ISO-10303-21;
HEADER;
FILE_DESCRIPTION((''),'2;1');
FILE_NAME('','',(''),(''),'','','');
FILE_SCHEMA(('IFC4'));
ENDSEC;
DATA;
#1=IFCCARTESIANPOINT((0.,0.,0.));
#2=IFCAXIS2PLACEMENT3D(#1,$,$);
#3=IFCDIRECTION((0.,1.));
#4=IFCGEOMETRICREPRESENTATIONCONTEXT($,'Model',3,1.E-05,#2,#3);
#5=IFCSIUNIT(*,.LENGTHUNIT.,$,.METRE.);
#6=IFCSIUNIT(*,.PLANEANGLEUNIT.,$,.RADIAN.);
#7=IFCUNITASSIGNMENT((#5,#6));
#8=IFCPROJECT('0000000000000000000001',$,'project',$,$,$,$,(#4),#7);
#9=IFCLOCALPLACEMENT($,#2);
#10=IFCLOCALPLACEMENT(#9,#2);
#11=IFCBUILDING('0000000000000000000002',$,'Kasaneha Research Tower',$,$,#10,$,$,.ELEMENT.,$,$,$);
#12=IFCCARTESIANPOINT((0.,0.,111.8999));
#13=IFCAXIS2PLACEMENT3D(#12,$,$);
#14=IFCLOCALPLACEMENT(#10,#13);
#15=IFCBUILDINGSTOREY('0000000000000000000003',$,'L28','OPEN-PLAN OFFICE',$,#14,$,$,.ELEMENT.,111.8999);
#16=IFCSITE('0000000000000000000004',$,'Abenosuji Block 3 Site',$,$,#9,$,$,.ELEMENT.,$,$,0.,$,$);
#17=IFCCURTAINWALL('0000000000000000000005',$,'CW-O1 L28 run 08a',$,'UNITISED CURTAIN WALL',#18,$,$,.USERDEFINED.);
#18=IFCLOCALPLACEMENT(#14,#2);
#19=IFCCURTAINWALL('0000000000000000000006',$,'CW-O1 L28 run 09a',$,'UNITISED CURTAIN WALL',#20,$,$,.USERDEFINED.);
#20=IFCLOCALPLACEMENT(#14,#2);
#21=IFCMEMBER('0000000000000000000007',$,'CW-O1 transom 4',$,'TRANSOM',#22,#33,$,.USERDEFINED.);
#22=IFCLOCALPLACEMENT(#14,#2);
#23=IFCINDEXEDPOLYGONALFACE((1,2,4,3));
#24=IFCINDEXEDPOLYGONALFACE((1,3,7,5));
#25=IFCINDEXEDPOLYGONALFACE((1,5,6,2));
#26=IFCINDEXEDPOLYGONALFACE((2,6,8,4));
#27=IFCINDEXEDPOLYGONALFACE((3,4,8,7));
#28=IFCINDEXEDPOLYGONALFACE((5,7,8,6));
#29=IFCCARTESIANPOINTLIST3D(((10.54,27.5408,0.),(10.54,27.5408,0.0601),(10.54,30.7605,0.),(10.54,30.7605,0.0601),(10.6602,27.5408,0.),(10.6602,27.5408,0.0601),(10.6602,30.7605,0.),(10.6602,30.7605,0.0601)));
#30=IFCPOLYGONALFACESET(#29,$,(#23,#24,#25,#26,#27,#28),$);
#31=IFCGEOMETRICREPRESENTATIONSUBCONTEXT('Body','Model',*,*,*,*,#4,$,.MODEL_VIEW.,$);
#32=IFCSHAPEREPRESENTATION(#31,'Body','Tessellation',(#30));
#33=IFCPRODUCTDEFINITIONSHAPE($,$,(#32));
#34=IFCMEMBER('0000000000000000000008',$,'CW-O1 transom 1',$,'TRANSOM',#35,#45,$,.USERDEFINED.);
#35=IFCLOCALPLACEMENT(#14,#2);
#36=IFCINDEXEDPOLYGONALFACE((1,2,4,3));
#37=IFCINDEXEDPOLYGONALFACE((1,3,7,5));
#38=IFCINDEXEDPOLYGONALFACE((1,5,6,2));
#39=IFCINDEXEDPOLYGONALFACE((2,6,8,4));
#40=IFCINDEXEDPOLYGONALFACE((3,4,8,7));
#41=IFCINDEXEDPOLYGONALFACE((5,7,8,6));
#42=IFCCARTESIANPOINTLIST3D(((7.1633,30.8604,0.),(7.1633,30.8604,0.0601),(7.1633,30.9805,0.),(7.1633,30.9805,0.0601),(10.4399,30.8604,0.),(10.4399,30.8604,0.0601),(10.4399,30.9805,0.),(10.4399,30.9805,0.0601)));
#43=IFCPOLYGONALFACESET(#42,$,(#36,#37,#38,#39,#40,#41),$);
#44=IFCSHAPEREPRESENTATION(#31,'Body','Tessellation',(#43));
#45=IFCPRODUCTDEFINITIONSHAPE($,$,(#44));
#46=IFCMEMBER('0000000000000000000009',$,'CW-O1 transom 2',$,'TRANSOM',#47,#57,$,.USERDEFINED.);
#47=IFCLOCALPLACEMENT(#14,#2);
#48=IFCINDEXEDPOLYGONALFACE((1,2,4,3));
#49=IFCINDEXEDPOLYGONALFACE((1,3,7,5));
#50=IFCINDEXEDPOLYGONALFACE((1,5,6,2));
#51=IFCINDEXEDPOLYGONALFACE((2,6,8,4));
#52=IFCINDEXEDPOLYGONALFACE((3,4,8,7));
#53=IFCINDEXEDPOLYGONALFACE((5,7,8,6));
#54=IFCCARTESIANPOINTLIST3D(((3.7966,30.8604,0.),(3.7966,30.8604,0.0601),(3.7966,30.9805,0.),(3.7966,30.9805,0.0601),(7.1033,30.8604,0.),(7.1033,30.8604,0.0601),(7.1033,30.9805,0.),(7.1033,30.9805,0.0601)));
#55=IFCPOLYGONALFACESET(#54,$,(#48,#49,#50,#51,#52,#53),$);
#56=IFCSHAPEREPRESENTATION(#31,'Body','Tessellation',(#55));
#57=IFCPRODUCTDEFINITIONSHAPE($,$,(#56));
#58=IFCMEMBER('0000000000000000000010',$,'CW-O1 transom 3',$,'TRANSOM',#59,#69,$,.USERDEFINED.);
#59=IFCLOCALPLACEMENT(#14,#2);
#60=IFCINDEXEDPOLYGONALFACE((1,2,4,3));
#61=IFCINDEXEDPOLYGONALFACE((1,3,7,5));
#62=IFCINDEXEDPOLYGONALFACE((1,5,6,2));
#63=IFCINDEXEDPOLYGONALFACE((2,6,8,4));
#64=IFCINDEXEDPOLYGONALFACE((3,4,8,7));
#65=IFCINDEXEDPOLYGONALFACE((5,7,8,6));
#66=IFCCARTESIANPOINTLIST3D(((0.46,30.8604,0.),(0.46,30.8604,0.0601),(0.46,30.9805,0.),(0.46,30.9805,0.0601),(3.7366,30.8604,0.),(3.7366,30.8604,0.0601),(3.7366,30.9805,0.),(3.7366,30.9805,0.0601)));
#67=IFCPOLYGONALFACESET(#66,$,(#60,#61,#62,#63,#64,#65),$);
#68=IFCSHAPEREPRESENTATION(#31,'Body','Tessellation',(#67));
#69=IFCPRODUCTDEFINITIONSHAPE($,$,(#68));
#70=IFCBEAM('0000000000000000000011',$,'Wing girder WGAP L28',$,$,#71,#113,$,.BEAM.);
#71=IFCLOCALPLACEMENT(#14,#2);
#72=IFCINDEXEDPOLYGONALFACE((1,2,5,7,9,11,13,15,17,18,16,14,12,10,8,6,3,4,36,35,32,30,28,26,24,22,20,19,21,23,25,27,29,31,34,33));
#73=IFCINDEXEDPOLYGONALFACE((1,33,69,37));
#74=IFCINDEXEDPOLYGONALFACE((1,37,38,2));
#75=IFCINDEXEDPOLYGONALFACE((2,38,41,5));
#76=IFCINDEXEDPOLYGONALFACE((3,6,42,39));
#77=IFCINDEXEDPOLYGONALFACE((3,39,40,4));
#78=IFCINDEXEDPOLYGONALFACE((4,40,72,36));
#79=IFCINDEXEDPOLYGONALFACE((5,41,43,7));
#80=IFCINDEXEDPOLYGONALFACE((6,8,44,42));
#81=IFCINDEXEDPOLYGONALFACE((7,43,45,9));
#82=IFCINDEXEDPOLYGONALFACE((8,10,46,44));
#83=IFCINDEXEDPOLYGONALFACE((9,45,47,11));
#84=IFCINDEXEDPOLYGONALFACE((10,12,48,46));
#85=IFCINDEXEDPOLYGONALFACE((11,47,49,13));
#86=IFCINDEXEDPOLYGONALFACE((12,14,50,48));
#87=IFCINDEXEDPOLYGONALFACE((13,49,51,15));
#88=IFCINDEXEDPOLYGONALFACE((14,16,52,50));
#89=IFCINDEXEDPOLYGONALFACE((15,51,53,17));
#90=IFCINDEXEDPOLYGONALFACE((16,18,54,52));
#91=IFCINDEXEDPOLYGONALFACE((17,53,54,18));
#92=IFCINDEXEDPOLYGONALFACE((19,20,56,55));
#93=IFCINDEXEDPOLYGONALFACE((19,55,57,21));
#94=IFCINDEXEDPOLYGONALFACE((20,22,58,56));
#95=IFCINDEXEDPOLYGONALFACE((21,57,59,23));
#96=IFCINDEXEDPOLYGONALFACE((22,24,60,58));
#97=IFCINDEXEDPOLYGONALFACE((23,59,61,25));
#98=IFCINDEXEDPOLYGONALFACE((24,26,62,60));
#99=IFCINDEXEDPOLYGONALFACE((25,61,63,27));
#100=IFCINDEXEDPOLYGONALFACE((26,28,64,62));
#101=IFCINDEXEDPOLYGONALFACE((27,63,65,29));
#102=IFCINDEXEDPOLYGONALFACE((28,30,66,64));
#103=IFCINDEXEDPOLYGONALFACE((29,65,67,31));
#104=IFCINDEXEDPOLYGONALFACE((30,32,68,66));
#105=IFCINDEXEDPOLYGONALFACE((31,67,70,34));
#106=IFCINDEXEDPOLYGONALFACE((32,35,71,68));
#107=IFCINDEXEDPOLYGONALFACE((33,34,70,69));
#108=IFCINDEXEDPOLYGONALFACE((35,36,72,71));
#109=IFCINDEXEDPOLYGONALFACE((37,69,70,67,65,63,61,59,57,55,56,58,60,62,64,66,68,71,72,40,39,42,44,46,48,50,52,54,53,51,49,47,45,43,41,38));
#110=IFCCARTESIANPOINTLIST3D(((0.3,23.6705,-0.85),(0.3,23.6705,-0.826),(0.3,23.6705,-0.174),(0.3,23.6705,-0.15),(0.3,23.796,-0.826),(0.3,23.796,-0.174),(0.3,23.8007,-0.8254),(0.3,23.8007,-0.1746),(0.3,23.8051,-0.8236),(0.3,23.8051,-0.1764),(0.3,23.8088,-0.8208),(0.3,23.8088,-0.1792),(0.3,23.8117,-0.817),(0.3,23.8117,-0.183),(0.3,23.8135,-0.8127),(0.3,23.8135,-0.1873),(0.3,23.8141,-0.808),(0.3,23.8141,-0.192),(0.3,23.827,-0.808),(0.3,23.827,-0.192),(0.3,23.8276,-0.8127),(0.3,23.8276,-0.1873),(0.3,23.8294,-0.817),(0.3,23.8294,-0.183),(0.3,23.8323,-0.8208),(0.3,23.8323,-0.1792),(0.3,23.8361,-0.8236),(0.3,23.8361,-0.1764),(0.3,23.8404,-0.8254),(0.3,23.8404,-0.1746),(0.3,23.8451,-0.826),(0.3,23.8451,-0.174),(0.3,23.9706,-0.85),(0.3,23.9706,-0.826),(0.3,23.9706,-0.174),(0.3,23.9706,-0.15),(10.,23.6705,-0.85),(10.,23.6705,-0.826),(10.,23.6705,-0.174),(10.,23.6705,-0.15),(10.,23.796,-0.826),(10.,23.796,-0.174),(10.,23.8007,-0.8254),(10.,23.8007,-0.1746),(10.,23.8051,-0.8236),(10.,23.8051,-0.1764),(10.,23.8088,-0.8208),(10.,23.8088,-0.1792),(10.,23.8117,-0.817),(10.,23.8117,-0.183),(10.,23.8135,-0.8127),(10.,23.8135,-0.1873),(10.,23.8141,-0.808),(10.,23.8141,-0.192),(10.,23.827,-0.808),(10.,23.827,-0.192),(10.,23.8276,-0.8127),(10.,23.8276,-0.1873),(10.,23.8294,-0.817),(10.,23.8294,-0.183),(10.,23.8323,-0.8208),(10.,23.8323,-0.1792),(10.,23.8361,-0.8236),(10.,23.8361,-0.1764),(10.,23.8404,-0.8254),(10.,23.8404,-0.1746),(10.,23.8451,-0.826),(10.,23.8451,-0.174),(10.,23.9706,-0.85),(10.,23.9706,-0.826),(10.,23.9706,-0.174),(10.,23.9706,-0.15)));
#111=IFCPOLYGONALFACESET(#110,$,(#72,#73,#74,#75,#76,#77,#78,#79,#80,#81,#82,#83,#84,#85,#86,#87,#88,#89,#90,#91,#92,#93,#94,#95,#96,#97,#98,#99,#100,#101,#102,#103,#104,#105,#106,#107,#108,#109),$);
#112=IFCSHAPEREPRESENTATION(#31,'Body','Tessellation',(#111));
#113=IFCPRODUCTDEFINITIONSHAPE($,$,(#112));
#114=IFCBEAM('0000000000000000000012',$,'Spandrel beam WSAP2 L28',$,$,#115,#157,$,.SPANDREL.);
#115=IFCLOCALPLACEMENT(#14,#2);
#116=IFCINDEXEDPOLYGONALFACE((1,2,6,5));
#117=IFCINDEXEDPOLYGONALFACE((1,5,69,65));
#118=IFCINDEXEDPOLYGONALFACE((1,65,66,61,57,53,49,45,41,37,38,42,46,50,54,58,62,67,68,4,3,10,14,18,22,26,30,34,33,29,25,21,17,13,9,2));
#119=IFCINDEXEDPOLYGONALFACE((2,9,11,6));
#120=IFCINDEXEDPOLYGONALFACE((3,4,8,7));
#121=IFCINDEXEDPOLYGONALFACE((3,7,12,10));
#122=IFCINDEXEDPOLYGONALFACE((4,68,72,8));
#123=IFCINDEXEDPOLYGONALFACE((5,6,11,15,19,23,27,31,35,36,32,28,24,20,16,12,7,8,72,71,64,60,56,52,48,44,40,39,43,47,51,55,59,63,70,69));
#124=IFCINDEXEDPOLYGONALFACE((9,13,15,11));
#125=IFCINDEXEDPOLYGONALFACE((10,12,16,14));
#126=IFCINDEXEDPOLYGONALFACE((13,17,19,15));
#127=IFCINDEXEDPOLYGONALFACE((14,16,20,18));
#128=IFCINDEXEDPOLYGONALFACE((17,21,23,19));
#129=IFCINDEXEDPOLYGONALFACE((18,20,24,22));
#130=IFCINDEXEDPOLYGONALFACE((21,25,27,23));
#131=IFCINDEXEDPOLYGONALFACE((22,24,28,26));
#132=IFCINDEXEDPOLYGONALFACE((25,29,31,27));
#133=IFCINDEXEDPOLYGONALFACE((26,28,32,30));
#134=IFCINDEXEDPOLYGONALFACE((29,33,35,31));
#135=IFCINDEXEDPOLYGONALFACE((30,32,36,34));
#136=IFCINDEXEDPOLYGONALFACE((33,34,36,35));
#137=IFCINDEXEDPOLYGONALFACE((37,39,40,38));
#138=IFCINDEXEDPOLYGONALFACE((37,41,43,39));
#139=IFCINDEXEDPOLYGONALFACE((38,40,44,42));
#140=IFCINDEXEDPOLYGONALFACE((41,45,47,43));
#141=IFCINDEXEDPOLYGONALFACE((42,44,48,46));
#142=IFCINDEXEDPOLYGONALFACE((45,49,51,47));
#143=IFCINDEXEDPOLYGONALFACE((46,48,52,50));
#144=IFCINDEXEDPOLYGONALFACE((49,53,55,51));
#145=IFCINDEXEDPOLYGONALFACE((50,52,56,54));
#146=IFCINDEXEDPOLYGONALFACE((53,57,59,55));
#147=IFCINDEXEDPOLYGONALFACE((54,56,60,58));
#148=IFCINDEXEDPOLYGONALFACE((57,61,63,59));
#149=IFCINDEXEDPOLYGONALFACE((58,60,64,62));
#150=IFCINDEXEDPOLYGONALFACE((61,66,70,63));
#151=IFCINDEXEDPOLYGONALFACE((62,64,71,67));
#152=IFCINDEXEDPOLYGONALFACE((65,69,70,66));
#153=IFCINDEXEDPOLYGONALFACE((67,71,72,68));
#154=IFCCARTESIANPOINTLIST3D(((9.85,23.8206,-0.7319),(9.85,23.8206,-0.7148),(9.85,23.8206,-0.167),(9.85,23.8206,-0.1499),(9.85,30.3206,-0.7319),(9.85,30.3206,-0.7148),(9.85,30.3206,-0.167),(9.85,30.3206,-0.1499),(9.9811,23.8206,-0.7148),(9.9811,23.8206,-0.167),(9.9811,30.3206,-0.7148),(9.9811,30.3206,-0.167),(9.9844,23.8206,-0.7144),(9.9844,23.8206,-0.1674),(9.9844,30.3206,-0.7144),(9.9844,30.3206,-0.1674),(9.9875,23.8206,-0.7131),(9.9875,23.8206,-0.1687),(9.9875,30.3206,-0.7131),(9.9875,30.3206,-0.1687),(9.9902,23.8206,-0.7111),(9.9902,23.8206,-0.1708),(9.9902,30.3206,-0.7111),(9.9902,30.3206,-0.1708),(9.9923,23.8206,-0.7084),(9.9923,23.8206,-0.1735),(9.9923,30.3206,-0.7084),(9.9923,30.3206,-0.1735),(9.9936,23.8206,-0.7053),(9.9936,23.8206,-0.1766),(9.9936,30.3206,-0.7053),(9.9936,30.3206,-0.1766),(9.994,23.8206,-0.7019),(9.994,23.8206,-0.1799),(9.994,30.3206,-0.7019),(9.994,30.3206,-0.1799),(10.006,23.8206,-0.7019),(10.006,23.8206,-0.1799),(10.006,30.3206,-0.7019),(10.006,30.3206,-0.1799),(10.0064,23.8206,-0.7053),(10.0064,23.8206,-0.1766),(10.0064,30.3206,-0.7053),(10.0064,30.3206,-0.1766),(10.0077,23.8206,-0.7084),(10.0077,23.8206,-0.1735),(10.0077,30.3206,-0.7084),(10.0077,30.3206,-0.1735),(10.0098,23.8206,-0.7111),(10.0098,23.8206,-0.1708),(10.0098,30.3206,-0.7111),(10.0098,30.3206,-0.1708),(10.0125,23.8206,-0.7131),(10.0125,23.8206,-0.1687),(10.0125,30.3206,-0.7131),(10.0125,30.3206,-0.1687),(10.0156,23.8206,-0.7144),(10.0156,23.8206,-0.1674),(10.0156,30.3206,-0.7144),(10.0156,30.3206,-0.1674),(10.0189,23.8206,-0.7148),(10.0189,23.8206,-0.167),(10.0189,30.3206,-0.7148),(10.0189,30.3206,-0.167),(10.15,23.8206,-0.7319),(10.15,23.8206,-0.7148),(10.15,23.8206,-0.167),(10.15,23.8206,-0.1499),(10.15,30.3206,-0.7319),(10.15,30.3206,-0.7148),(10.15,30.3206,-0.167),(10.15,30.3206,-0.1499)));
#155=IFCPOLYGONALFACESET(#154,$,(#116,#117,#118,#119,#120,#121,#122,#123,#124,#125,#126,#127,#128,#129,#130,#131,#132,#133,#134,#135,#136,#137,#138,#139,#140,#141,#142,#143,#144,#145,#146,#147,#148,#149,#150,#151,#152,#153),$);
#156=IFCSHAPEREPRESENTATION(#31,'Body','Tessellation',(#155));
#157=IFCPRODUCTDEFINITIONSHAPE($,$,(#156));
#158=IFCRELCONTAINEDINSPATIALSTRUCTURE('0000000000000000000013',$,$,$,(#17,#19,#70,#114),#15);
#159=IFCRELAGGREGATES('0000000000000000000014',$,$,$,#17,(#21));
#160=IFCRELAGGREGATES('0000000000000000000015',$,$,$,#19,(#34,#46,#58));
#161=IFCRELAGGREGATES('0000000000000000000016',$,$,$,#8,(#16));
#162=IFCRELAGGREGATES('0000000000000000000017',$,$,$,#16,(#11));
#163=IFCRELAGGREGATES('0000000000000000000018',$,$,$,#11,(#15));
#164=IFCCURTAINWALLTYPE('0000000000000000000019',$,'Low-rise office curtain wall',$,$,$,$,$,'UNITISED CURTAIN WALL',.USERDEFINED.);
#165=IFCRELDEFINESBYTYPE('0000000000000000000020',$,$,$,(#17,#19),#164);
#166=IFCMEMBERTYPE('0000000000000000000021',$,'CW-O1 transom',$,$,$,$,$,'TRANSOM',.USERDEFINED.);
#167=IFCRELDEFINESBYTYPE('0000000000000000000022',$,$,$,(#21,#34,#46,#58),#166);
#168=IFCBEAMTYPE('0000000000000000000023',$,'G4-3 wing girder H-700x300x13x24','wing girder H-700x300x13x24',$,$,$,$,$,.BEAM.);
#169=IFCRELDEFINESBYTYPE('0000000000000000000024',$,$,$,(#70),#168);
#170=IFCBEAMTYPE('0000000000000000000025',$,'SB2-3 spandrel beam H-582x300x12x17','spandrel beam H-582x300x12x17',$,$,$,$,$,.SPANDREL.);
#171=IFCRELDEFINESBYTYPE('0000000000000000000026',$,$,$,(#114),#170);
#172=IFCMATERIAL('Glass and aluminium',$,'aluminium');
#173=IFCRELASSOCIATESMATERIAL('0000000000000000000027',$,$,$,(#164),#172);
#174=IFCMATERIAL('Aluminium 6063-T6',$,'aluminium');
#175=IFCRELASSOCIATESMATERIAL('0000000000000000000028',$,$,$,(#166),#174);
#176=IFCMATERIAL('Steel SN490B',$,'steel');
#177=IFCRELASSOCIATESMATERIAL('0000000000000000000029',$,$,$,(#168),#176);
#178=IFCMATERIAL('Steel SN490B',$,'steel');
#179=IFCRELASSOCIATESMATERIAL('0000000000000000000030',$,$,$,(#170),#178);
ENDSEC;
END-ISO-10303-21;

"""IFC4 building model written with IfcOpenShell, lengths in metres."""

from ifc_helpers import new_model, si_unit, direction, frame, origin, origin_2d, place, context, subcontext, project, spatial, rectangle, i_section, extrude, material, material_profile, profile_set, type_object, element, aggregate, save


model = new_model("IFC4")

# Units and contexts
model_context = context("Model", 3, precision=1e-05, world=origin(), true_north=direction((0.0, 1.0)))
body_context = subcontext(model_context, "Body", "Model", "MODEL_VIEW")
ifc_project = project(units=[si_unit("LENGTHUNIT", "METRE"), si_unit("PLANEANGLEUNIT", "RADIAN")], contexts=[model_context])

# Site, building, storey
site_placement = place(None, origin())
site = spatial("IfcSite", under=ifc_project, at=site_placement, Name="Abenosuji Block 3 Site", CompositionType="ELEMENT", RefElevation=0.0)
building_placement = place(site_placement, origin())
building = spatial("IfcBuilding", under=site, at=building_placement, Name="Kasaneha Research Tower", CompositionType="ELEMENT")
storey_placement = place(building_placement, frame((0.0, 0.0, 111.8999)))
storey = spatial("IfcBuildingStorey", under=building, at=storey_placement, Name="L28", Description="OPEN-PLAN OFFICE", CompositionType="ELEMENT", Elevation=111.8999)

# Curtain walls
ifc_material_1 = material(Name="Glass and aluminium", Category="aluminium")
curtain_wall_type = type_object("IfcCurtainWallType", Name="Low-rise office curtain wall", ElementType="UNITISED CURTAIN WALL", PredefinedType="USERDEFINED", material=ifc_material_1)
curtain_wall_1_placement = place(storey_placement, origin())
curtain_wall_1 = element("IfcCurtainWall", 1, at=curtain_wall_1_placement, inside=storey, type_object=curtain_wall_type, Name="CW-O1 L28 run 08a", ObjectType="UNITISED CURTAIN WALL", PredefinedType="USERDEFINED")
curtain_wall_2_placement = place(storey_placement, origin())
curtain_wall_2 = element("IfcCurtainWall", 2, at=curtain_wall_2_placement, inside=storey, type_object=curtain_wall_type, Name="CW-O1 L28 run 09a", ObjectType="UNITISED CURTAIN WALL", PredefinedType="USERDEFINED")

# Members
ifc_material_2 = material(Name="Aluminium 6063-T6", Category="aluminium")
ifc_material_profile_1 = material_profile(ifc_material_2, rectangle(XDim=0.1201, YDim=0.0601, at=origin_2d()), Name="CW-O1 transom 120x60")
ifc_profile_set_1 = profile_set([ifc_material_profile_1], Name="Aluminium 6063-T6")
member_type_1 = type_object("IfcMemberType", Name="CW-O1 transom", ElementType="TRANSOM", PredefinedType="USERDEFINED", material=ifc_profile_set_1)
member_1_placement = place(storey_placement, frame((10.6001, 27.5408, 0.03), z_axis=(0.0, 1.0, 0.0), x_axis=(-1.0, 0.0, 0.0)))
member_1 = element("IfcMember", 3, at=member_1_placement, type_object=member_type_1, Name="CW-O1 transom 4", ObjectType="TRANSOM", PredefinedType="USERDEFINED", context=body_context, shape_type="SweptSolid", body=[
    extrude(rectangle(XDim=0.1201, YDim=0.0601, at=origin_2d()), origin(), (0.0, 0.0, 1.0), 3.2197),
])
member_2_placement = place(storey_placement, frame((10.4399, 30.9204, 0.03), z_axis=(-1.0, 0.0, 0.0), x_axis=(0.0, -1.0, 0.0)))
member_2 = element("IfcMember", 4, at=member_2_placement, type_object=member_type_1, Name="CW-O1 transom 1", ObjectType="TRANSOM", PredefinedType="USERDEFINED", context=body_context, shape_type="SweptSolid", body=[
    extrude(rectangle(XDim=0.1201, YDim=0.0601, at=origin_2d()), origin(), (0.0, 0.0, 1.0), 3.2766),
])
member_3_placement = place(storey_placement, frame((7.1033, 30.9204, 0.03), z_axis=(-1.0, 0.0, 0.0), x_axis=(0.0, -1.0, 0.0)))
member_3 = element("IfcMember", 5, at=member_3_placement, type_object=member_type_1, Name="CW-O1 transom 2", ObjectType="TRANSOM", PredefinedType="USERDEFINED", context=body_context, shape_type="SweptSolid", body=[
    extrude(rectangle(XDim=0.1201, YDim=0.0601, at=origin_2d()), origin(), (0.0, 0.0, 1.0), 3.3066),
])
member_4_placement = place(storey_placement, frame((3.7366, 30.9204, 0.03), z_axis=(-1.0, 0.0, 0.0), x_axis=(0.0, -1.0, 0.0)))
member_4 = element("IfcMember", 6, at=member_4_placement, type_object=member_type_1, Name="CW-O1 transom 3", ObjectType="TRANSOM", PredefinedType="USERDEFINED", context=body_context, shape_type="SweptSolid", body=[
    extrude(rectangle(XDim=0.1201, YDim=0.0601, at=origin_2d()), origin(), (0.0, 0.0, 1.0), 3.2766),
])

# Beams
ifc_material_3 = material(Name="Steel SN490B", Category="steel")
ifc_material_profile_2 = material_profile(ifc_material_3, i_section(OverallWidth=0.3, OverallDepth=0.7, WebThickness=0.0129, FlangeThickness=0.0239, FilletRadius=0.0181, at=origin_2d()), Name="H-700x300x13x24")
ifc_profile_set_2 = profile_set([ifc_material_profile_2], Name="Steel SN490B")
beam_type_1 = type_object("IfcBeamType", Name="G4-3 wing girder H-700x300x13x24", Description="wing girder H-700x300x13x24", PredefinedType="BEAM", material=ifc_profile_set_2)
beam_1_placement = place(storey_placement, frame((10.0, 23.8206, -0.5), z_axis=(-1.0, 0.0, 0.0), x_axis=(0.0, -1.0, 0.0)))
element("IfcBeam", 7, at=beam_1_placement, inside=storey, type_object=beam_type_1, Name="Wing girder WGAP L28", PredefinedType="BEAM", context=body_context, shape_type="SweptSolid", body=[
    extrude(i_section(OverallWidth=0.3, OverallDepth=0.7, WebThickness=0.0129, FlangeThickness=0.0239, FilletRadius=0.0181, at=origin_2d()), origin(), (0.0, 0.0, 1.0), 9.7),
])
ifc_material_4 = material(Name="Steel SN490B", Category="steel")
ifc_material_profile_3 = material_profile(ifc_material_4, i_section(OverallWidth=0.3, OverallDepth=0.582, WebThickness=0.012, FlangeThickness=0.0171, FilletRadius=0.0129, at=origin_2d()), Name="H-582x300x12x17")
ifc_profile_set_3 = profile_set([ifc_material_profile_3], Name="Steel SN490B")
beam_type_2 = type_object("IfcBeamType", Name="SB2-3 spandrel beam H-582x300x12x17", Description="spandrel beam H-582x300x12x17", PredefinedType="SPANDREL", material=ifc_profile_set_3)
beam_2_placement = place(storey_placement, frame((10.0, 23.8206, -0.4409), z_axis=(0.0, 1.0, 0.0), x_axis=(-1.0, 0.0, 0.0)))
element("IfcBeam", 8, at=beam_2_placement, inside=storey, type_object=beam_type_2, Name="Spandrel beam WSAP2 L28", PredefinedType="SPANDREL", context=body_context, shape_type="SweptSolid", body=[
    extrude(i_section(OverallWidth=0.3, OverallDepth=0.582, WebThickness=0.012, FlangeThickness=0.0171, FilletRadius=0.0129, at=origin_2d()), origin(), (0.0, 0.0, 1.0), 6.5),
])

aggregate(curtain_wall_1, [member_1])
aggregate(curtain_wall_2, [member_2, member_3, member_4])

save(model, "model.ifc")
